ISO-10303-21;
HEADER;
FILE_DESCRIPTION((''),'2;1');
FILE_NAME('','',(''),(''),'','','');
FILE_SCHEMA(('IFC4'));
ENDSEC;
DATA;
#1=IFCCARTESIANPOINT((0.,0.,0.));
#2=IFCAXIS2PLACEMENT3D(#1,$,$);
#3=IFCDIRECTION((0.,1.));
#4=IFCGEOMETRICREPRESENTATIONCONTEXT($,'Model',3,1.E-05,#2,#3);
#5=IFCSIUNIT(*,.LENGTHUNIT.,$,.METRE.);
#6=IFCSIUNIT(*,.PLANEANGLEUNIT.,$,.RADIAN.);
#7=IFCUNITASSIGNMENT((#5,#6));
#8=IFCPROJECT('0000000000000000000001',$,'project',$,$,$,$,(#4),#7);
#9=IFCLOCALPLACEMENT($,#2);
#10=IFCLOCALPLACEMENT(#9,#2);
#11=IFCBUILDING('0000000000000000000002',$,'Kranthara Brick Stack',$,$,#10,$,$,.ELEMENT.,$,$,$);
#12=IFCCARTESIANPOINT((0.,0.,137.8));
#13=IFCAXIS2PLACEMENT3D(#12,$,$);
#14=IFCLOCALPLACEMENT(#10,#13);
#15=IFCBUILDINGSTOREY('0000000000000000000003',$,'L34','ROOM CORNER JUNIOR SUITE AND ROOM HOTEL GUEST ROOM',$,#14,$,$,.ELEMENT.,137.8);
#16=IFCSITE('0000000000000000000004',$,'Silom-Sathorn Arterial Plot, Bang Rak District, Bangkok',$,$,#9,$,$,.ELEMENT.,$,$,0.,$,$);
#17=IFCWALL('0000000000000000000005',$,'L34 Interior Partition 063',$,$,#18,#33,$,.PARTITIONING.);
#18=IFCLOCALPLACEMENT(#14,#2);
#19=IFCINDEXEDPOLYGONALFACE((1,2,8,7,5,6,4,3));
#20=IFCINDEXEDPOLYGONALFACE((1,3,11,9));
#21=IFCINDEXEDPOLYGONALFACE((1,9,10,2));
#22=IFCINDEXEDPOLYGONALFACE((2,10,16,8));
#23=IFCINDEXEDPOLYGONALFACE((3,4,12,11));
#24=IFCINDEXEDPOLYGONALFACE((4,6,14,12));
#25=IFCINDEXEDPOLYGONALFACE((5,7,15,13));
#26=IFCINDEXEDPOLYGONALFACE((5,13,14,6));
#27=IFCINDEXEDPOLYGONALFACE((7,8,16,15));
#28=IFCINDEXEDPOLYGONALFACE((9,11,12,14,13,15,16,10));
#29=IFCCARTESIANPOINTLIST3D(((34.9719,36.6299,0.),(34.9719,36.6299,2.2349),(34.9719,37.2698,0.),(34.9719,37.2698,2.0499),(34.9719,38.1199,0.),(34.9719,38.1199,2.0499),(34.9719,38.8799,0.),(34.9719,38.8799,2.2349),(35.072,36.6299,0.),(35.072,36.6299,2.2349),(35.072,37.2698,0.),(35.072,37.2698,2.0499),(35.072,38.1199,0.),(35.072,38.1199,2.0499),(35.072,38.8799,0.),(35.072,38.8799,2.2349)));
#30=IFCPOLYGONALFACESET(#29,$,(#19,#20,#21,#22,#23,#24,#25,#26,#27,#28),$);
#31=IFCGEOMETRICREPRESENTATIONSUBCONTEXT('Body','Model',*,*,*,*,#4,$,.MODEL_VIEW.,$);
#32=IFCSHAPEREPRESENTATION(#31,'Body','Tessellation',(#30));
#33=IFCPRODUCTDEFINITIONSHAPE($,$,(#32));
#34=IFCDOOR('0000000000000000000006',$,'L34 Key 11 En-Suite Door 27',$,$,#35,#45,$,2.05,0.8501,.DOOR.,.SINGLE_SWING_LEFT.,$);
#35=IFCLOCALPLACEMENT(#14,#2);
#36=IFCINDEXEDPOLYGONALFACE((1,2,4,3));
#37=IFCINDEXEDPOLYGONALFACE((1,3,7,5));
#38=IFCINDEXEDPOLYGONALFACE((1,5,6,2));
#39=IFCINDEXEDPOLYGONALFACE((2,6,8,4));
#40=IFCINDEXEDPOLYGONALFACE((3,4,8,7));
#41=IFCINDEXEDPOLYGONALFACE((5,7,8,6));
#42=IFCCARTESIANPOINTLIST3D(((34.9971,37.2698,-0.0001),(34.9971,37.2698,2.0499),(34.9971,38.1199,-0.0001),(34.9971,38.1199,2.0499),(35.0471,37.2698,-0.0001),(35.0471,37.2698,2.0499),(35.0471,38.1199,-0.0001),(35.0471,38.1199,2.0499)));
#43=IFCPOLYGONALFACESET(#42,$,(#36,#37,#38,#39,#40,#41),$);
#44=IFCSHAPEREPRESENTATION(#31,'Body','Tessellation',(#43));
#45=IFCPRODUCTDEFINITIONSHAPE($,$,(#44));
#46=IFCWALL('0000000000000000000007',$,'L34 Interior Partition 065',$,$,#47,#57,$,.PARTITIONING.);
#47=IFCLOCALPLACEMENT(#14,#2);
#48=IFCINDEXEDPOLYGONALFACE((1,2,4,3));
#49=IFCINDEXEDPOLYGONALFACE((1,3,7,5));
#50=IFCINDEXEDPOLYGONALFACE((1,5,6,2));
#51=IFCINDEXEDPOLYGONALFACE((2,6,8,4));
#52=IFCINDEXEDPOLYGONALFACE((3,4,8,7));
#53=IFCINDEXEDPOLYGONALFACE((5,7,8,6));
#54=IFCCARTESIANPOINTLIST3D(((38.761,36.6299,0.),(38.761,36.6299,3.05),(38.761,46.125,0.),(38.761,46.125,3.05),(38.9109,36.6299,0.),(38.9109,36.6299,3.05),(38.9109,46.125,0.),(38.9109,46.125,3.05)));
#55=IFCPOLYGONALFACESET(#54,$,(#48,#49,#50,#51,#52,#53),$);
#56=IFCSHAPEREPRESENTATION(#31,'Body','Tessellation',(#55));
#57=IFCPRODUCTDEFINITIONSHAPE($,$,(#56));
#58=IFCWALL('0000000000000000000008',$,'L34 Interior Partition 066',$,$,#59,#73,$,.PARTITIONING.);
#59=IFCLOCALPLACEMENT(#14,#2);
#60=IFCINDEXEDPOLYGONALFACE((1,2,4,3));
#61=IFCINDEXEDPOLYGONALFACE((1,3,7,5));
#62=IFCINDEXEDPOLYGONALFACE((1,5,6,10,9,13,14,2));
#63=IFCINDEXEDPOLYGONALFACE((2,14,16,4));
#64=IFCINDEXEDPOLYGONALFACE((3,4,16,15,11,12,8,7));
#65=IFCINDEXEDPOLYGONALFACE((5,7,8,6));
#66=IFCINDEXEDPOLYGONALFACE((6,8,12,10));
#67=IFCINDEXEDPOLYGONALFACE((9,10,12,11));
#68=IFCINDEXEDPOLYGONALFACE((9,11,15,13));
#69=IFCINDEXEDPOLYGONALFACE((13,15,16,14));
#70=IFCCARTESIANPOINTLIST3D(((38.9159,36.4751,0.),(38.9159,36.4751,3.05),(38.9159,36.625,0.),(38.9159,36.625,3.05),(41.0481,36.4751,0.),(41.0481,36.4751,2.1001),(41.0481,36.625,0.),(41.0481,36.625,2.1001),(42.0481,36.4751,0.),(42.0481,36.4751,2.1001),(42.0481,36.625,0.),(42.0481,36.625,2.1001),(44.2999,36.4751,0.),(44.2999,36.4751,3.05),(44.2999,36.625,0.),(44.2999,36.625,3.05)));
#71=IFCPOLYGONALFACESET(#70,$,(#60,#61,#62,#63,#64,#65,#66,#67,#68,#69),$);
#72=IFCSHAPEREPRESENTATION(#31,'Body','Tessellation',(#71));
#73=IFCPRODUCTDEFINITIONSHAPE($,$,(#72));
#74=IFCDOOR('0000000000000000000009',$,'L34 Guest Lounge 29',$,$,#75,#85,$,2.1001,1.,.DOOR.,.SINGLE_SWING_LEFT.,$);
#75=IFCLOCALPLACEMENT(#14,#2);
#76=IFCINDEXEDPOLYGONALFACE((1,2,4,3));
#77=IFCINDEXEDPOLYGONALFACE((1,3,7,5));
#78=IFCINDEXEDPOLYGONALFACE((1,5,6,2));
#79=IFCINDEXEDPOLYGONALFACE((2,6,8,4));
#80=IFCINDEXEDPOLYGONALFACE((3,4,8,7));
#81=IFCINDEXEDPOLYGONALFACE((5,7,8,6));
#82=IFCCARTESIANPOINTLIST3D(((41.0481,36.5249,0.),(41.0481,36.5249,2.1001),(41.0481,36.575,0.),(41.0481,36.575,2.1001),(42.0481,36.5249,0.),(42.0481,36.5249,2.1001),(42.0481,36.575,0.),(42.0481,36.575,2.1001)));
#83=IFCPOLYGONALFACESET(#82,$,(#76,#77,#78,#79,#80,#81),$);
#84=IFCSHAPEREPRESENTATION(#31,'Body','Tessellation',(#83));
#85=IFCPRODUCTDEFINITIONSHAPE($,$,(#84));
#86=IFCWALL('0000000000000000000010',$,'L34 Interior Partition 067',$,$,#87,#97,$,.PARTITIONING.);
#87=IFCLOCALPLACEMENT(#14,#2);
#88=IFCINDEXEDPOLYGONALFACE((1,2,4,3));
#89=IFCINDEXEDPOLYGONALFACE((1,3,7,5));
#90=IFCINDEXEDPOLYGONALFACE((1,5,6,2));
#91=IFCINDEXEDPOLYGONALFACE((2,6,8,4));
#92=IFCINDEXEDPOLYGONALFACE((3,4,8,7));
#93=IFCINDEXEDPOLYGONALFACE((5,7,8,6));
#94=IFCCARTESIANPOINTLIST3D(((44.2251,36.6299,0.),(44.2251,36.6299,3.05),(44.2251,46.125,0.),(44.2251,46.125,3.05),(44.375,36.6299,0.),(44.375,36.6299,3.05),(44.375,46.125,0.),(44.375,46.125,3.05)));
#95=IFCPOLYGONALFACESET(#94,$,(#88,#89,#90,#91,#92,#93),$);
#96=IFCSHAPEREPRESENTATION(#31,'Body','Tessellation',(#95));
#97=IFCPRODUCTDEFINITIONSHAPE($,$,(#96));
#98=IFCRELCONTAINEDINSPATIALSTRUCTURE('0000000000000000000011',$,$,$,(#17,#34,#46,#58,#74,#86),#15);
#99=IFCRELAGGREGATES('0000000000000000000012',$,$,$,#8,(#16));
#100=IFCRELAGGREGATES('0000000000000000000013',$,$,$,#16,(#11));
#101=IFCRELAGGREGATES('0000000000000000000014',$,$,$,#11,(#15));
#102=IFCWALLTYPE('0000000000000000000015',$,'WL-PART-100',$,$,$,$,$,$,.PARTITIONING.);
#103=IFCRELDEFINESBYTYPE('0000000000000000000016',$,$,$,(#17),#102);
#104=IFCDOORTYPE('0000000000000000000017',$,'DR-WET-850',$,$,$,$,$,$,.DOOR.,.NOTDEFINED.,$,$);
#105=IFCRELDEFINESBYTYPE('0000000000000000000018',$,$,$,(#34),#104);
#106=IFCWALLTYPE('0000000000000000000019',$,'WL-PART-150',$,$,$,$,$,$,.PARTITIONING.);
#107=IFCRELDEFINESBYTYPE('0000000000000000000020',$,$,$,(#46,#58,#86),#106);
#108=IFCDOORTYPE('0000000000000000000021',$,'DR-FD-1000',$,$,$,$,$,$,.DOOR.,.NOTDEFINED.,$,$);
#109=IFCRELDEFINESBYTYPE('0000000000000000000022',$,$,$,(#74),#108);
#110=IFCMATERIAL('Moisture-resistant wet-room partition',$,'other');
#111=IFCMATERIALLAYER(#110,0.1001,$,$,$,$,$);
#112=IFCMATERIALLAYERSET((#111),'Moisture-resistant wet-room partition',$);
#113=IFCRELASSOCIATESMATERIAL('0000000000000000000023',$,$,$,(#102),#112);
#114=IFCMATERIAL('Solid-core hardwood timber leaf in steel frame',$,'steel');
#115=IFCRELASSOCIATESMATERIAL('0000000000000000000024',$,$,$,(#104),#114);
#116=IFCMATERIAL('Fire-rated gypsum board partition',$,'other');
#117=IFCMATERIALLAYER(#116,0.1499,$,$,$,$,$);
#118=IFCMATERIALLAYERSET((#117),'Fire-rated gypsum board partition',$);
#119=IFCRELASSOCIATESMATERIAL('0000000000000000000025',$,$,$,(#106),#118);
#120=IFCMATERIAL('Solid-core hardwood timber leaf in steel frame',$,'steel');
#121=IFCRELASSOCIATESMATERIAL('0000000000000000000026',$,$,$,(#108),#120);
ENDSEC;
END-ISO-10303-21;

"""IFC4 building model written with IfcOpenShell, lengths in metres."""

from ifc_helpers import new_model, si_unit, direction, frame, frame_2d, origin, place, context, subcontext, project, spatial, rectangle, extrude, material, layer, layer_set, type_object, element, fill, save


model = new_model("IFC4")

# Units and contexts
model_context = context("Model", 3, precision=1e-05, world=origin(), true_north=direction((0.0, 1.0)))
body_context = subcontext(model_context, "Body", "Model", "MODEL_VIEW")
ifc_project = project(units=[si_unit("LENGTHUNIT", "METRE"), si_unit("PLANEANGLEUNIT", "RADIAN")], contexts=[model_context])

# Site, building, storey
site_placement = place(None, origin())
site = spatial("IfcSite", under=ifc_project, at=site_placement, Name="Silom-Sathorn Arterial Plot, Bang Rak District, Bangkok", CompositionType="ELEMENT", RefElevation=0.0)
building_placement = place(site_placement, origin())
building = spatial("IfcBuilding", under=site, at=building_placement, Name="Kranthara Brick Stack", CompositionType="ELEMENT")
storey_placement = place(building_placement, frame((0.0, 0.0, 137.8)))
storey = spatial("IfcBuildingStorey", under=building, at=storey_placement, Name="L34", Description="ROOM CORNER JUNIOR SUITE AND ROOM HOTEL GUEST ROOM", CompositionType="ELEMENT", Elevation=137.8)

# Wall, opening, door
ifc_material_1 = material(Name="Moisture-resistant wet-room partition", Category="other")
ifc_layer_1 = layer(ifc_material_1, 0.1001)
ifc_layer_set_1 = layer_set([ifc_layer_1], Name="Moisture-resistant wet-room partition")
wall_type_1 = type_object("IfcWallType", Name="WL-PART-100", PredefinedType="PARTITIONING", material=ifc_layer_set_1)
wall_1_placement = place(storey_placement, frame((35.022, 36.6299, 0.0), z_axis=(0.0, 0.0, 1.0), x_axis=(0.0, 1.0, 0.0)))
wall_1 = element("IfcWall", 1, at=wall_1_placement, inside=storey, type_object=wall_type_1, Name="L34 Interior Partition 063", PredefinedType="PARTITIONING", context=body_context, shape_type="SweptSolid", body=[
    extrude(rectangle(XDim=2.25, YDim=0.1001, at=frame_2d((1.125, 0.0))), origin(), (0.0, 0.0, 1.0), 2.2349),
])
opening_1_placement = place(wall_1_placement, frame((0.6399, 0.0, 0.0)))
opening_1 = element("IfcOpeningElement", 2, at=opening_1_placement, cuts=wall_1, PredefinedType="OPENING", context=body_context, shape_type="SweptSolid", body=[
    extrude(rectangle(XDim=0.8501, YDim=2.05, at=frame_2d((0.425, 1.0249))), frame((0.0, 0.0601, 0.0), z_axis=(0.0, -1.0, 0.0), x_axis=(1.0, 0.0, 0.0)), (0.0, 0.0, 1.0), 0.1201),
])
ifc_material_2 = material(Name="Solid-core hardwood timber leaf in steel frame", Category="steel")
door_type_1 = type_object("IfcDoorType", Name="DR-WET-850", OperationType="NOTDEFINED", PredefinedType="DOOR", material=ifc_material_2)
door_1_placement = place(opening_1_placement, origin())
door_1 = element("IfcDoor", 3, at=door_1_placement, inside=storey, type_object=door_type_1, Name="L34 Key 11 En-Suite Door 27", OperationType="SINGLE_SWING_LEFT", OverallHeight=2.05, OverallWidth=0.8501, PredefinedType="DOOR", context=body_context, shape_type="SweptSolid", body=[
    extrude(rectangle(XDim=0.8501, YDim=2.05, at=frame_2d((0.425, 1.0249))), frame((0.0, 0.0249, 0.0), z_axis=(0.0, -1.0, 0.0), x_axis=(1.0, 0.0, 0.0)), (0.0, 0.0, 1.0), 0.05),
])
fill(opening_1, door_1)

# Wall
ifc_material_3 = material(Name="Fire-rated gypsum board partition", Category="other")
ifc_layer_2 = layer(ifc_material_3, 0.1499)
ifc_layer_set_2 = layer_set([ifc_layer_2], Name="Fire-rated gypsum board partition")
wall_type_2 = type_object("IfcWallType", Name="WL-PART-150", PredefinedType="PARTITIONING", material=ifc_layer_set_2)
wall_2_placement = place(storey_placement, frame((38.8359, 36.6299, 0.0), z_axis=(0.0, 0.0, 1.0), x_axis=(0.0, 1.0, 0.0)))
element("IfcWall", 4, at=wall_2_placement, inside=storey, type_object=wall_type_2, Name="L34 Interior Partition 065", PredefinedType="PARTITIONING", context=body_context, shape_type="SweptSolid", body=[
    extrude(rectangle(XDim=9.4951, YDim=0.1499, at=frame_2d((4.7476, 0.0))), origin(), (0.0, 0.0, 1.0), 3.05),
])

# Wall, opening, door
wall_3_placement = place(storey_placement, frame((38.916, 36.55, 0.0), z_axis=(0.0, 0.0, 1.0), x_axis=(1.0, 0.0, 0.0)))
wall_3 = element("IfcWall", 5, at=wall_3_placement, inside=storey, type_object=wall_type_2, Name="L34 Interior Partition 066", PredefinedType="PARTITIONING", context=body_context, shape_type="SweptSolid", body=[
    extrude(rectangle(XDim=5.384, YDim=0.1499, at=frame_2d((2.6919, 0.0))), origin(), (0.0, 0.0, 1.0), 3.05),
])
opening_2_placement = place(wall_3_placement, frame((2.1321, 0.0, 0.0)))
opening_2 = element("IfcOpeningElement", 6, at=opening_2_placement, cuts=wall_3, PredefinedType="OPENING", context=body_context, shape_type="SweptSolid", body=[
    extrude(rectangle(XDim=1.0, YDim=2.1001, at=frame_2d((0.5, 1.05))), frame((0.0, 0.085, 0.0), z_axis=(0.0, -1.0, 0.0), x_axis=(1.0, 0.0, 0.0)), (0.0, 0.0, 1.0), 0.1699),
])
ifc_material_4 = material(Name="Solid-core hardwood timber leaf in steel frame", Category="steel")
door_type_2 = type_object("IfcDoorType", Name="DR-FD-1000", OperationType="NOTDEFINED", PredefinedType="DOOR", material=ifc_material_4)
door_2_placement = place(opening_2_placement, origin())
door_2 = element("IfcDoor", 7, at=door_2_placement, inside=storey, type_object=door_type_2, Name="L34 Guest Lounge 29", OperationType="SINGLE_SWING_LEFT", OverallHeight=2.1001, OverallWidth=1.0, PredefinedType="DOOR", context=body_context, shape_type="SweptSolid", body=[
    extrude(rectangle(XDim=1.0, YDim=2.1001, at=frame_2d((0.5, 1.05))), frame((0.0, 0.0249, 0.0), z_axis=(0.0, -1.0, 0.0), x_axis=(1.0, 0.0, 0.0)), (0.0, 0.0, 1.0), 0.05),
])
fill(opening_2, door_2)

# Wall
wall_4_placement = place(storey_placement, frame((44.3, 36.6299, 0.0), z_axis=(0.0, 0.0, 1.0), x_axis=(0.0, 1.0, 0.0)))
element("IfcWall", 8, at=wall_4_placement, inside=storey, type_object=wall_type_2, Name="L34 Interior Partition 067", PredefinedType="PARTITIONING", context=body_context, shape_type="SweptSolid", body=[
    extrude(rectangle(XDim=9.4951, YDim=0.1499, at=frame_2d((4.7476, 0.0))), origin(), (0.0, 0.0, 1.0), 3.05),
])

save(model, "model.ifc")
